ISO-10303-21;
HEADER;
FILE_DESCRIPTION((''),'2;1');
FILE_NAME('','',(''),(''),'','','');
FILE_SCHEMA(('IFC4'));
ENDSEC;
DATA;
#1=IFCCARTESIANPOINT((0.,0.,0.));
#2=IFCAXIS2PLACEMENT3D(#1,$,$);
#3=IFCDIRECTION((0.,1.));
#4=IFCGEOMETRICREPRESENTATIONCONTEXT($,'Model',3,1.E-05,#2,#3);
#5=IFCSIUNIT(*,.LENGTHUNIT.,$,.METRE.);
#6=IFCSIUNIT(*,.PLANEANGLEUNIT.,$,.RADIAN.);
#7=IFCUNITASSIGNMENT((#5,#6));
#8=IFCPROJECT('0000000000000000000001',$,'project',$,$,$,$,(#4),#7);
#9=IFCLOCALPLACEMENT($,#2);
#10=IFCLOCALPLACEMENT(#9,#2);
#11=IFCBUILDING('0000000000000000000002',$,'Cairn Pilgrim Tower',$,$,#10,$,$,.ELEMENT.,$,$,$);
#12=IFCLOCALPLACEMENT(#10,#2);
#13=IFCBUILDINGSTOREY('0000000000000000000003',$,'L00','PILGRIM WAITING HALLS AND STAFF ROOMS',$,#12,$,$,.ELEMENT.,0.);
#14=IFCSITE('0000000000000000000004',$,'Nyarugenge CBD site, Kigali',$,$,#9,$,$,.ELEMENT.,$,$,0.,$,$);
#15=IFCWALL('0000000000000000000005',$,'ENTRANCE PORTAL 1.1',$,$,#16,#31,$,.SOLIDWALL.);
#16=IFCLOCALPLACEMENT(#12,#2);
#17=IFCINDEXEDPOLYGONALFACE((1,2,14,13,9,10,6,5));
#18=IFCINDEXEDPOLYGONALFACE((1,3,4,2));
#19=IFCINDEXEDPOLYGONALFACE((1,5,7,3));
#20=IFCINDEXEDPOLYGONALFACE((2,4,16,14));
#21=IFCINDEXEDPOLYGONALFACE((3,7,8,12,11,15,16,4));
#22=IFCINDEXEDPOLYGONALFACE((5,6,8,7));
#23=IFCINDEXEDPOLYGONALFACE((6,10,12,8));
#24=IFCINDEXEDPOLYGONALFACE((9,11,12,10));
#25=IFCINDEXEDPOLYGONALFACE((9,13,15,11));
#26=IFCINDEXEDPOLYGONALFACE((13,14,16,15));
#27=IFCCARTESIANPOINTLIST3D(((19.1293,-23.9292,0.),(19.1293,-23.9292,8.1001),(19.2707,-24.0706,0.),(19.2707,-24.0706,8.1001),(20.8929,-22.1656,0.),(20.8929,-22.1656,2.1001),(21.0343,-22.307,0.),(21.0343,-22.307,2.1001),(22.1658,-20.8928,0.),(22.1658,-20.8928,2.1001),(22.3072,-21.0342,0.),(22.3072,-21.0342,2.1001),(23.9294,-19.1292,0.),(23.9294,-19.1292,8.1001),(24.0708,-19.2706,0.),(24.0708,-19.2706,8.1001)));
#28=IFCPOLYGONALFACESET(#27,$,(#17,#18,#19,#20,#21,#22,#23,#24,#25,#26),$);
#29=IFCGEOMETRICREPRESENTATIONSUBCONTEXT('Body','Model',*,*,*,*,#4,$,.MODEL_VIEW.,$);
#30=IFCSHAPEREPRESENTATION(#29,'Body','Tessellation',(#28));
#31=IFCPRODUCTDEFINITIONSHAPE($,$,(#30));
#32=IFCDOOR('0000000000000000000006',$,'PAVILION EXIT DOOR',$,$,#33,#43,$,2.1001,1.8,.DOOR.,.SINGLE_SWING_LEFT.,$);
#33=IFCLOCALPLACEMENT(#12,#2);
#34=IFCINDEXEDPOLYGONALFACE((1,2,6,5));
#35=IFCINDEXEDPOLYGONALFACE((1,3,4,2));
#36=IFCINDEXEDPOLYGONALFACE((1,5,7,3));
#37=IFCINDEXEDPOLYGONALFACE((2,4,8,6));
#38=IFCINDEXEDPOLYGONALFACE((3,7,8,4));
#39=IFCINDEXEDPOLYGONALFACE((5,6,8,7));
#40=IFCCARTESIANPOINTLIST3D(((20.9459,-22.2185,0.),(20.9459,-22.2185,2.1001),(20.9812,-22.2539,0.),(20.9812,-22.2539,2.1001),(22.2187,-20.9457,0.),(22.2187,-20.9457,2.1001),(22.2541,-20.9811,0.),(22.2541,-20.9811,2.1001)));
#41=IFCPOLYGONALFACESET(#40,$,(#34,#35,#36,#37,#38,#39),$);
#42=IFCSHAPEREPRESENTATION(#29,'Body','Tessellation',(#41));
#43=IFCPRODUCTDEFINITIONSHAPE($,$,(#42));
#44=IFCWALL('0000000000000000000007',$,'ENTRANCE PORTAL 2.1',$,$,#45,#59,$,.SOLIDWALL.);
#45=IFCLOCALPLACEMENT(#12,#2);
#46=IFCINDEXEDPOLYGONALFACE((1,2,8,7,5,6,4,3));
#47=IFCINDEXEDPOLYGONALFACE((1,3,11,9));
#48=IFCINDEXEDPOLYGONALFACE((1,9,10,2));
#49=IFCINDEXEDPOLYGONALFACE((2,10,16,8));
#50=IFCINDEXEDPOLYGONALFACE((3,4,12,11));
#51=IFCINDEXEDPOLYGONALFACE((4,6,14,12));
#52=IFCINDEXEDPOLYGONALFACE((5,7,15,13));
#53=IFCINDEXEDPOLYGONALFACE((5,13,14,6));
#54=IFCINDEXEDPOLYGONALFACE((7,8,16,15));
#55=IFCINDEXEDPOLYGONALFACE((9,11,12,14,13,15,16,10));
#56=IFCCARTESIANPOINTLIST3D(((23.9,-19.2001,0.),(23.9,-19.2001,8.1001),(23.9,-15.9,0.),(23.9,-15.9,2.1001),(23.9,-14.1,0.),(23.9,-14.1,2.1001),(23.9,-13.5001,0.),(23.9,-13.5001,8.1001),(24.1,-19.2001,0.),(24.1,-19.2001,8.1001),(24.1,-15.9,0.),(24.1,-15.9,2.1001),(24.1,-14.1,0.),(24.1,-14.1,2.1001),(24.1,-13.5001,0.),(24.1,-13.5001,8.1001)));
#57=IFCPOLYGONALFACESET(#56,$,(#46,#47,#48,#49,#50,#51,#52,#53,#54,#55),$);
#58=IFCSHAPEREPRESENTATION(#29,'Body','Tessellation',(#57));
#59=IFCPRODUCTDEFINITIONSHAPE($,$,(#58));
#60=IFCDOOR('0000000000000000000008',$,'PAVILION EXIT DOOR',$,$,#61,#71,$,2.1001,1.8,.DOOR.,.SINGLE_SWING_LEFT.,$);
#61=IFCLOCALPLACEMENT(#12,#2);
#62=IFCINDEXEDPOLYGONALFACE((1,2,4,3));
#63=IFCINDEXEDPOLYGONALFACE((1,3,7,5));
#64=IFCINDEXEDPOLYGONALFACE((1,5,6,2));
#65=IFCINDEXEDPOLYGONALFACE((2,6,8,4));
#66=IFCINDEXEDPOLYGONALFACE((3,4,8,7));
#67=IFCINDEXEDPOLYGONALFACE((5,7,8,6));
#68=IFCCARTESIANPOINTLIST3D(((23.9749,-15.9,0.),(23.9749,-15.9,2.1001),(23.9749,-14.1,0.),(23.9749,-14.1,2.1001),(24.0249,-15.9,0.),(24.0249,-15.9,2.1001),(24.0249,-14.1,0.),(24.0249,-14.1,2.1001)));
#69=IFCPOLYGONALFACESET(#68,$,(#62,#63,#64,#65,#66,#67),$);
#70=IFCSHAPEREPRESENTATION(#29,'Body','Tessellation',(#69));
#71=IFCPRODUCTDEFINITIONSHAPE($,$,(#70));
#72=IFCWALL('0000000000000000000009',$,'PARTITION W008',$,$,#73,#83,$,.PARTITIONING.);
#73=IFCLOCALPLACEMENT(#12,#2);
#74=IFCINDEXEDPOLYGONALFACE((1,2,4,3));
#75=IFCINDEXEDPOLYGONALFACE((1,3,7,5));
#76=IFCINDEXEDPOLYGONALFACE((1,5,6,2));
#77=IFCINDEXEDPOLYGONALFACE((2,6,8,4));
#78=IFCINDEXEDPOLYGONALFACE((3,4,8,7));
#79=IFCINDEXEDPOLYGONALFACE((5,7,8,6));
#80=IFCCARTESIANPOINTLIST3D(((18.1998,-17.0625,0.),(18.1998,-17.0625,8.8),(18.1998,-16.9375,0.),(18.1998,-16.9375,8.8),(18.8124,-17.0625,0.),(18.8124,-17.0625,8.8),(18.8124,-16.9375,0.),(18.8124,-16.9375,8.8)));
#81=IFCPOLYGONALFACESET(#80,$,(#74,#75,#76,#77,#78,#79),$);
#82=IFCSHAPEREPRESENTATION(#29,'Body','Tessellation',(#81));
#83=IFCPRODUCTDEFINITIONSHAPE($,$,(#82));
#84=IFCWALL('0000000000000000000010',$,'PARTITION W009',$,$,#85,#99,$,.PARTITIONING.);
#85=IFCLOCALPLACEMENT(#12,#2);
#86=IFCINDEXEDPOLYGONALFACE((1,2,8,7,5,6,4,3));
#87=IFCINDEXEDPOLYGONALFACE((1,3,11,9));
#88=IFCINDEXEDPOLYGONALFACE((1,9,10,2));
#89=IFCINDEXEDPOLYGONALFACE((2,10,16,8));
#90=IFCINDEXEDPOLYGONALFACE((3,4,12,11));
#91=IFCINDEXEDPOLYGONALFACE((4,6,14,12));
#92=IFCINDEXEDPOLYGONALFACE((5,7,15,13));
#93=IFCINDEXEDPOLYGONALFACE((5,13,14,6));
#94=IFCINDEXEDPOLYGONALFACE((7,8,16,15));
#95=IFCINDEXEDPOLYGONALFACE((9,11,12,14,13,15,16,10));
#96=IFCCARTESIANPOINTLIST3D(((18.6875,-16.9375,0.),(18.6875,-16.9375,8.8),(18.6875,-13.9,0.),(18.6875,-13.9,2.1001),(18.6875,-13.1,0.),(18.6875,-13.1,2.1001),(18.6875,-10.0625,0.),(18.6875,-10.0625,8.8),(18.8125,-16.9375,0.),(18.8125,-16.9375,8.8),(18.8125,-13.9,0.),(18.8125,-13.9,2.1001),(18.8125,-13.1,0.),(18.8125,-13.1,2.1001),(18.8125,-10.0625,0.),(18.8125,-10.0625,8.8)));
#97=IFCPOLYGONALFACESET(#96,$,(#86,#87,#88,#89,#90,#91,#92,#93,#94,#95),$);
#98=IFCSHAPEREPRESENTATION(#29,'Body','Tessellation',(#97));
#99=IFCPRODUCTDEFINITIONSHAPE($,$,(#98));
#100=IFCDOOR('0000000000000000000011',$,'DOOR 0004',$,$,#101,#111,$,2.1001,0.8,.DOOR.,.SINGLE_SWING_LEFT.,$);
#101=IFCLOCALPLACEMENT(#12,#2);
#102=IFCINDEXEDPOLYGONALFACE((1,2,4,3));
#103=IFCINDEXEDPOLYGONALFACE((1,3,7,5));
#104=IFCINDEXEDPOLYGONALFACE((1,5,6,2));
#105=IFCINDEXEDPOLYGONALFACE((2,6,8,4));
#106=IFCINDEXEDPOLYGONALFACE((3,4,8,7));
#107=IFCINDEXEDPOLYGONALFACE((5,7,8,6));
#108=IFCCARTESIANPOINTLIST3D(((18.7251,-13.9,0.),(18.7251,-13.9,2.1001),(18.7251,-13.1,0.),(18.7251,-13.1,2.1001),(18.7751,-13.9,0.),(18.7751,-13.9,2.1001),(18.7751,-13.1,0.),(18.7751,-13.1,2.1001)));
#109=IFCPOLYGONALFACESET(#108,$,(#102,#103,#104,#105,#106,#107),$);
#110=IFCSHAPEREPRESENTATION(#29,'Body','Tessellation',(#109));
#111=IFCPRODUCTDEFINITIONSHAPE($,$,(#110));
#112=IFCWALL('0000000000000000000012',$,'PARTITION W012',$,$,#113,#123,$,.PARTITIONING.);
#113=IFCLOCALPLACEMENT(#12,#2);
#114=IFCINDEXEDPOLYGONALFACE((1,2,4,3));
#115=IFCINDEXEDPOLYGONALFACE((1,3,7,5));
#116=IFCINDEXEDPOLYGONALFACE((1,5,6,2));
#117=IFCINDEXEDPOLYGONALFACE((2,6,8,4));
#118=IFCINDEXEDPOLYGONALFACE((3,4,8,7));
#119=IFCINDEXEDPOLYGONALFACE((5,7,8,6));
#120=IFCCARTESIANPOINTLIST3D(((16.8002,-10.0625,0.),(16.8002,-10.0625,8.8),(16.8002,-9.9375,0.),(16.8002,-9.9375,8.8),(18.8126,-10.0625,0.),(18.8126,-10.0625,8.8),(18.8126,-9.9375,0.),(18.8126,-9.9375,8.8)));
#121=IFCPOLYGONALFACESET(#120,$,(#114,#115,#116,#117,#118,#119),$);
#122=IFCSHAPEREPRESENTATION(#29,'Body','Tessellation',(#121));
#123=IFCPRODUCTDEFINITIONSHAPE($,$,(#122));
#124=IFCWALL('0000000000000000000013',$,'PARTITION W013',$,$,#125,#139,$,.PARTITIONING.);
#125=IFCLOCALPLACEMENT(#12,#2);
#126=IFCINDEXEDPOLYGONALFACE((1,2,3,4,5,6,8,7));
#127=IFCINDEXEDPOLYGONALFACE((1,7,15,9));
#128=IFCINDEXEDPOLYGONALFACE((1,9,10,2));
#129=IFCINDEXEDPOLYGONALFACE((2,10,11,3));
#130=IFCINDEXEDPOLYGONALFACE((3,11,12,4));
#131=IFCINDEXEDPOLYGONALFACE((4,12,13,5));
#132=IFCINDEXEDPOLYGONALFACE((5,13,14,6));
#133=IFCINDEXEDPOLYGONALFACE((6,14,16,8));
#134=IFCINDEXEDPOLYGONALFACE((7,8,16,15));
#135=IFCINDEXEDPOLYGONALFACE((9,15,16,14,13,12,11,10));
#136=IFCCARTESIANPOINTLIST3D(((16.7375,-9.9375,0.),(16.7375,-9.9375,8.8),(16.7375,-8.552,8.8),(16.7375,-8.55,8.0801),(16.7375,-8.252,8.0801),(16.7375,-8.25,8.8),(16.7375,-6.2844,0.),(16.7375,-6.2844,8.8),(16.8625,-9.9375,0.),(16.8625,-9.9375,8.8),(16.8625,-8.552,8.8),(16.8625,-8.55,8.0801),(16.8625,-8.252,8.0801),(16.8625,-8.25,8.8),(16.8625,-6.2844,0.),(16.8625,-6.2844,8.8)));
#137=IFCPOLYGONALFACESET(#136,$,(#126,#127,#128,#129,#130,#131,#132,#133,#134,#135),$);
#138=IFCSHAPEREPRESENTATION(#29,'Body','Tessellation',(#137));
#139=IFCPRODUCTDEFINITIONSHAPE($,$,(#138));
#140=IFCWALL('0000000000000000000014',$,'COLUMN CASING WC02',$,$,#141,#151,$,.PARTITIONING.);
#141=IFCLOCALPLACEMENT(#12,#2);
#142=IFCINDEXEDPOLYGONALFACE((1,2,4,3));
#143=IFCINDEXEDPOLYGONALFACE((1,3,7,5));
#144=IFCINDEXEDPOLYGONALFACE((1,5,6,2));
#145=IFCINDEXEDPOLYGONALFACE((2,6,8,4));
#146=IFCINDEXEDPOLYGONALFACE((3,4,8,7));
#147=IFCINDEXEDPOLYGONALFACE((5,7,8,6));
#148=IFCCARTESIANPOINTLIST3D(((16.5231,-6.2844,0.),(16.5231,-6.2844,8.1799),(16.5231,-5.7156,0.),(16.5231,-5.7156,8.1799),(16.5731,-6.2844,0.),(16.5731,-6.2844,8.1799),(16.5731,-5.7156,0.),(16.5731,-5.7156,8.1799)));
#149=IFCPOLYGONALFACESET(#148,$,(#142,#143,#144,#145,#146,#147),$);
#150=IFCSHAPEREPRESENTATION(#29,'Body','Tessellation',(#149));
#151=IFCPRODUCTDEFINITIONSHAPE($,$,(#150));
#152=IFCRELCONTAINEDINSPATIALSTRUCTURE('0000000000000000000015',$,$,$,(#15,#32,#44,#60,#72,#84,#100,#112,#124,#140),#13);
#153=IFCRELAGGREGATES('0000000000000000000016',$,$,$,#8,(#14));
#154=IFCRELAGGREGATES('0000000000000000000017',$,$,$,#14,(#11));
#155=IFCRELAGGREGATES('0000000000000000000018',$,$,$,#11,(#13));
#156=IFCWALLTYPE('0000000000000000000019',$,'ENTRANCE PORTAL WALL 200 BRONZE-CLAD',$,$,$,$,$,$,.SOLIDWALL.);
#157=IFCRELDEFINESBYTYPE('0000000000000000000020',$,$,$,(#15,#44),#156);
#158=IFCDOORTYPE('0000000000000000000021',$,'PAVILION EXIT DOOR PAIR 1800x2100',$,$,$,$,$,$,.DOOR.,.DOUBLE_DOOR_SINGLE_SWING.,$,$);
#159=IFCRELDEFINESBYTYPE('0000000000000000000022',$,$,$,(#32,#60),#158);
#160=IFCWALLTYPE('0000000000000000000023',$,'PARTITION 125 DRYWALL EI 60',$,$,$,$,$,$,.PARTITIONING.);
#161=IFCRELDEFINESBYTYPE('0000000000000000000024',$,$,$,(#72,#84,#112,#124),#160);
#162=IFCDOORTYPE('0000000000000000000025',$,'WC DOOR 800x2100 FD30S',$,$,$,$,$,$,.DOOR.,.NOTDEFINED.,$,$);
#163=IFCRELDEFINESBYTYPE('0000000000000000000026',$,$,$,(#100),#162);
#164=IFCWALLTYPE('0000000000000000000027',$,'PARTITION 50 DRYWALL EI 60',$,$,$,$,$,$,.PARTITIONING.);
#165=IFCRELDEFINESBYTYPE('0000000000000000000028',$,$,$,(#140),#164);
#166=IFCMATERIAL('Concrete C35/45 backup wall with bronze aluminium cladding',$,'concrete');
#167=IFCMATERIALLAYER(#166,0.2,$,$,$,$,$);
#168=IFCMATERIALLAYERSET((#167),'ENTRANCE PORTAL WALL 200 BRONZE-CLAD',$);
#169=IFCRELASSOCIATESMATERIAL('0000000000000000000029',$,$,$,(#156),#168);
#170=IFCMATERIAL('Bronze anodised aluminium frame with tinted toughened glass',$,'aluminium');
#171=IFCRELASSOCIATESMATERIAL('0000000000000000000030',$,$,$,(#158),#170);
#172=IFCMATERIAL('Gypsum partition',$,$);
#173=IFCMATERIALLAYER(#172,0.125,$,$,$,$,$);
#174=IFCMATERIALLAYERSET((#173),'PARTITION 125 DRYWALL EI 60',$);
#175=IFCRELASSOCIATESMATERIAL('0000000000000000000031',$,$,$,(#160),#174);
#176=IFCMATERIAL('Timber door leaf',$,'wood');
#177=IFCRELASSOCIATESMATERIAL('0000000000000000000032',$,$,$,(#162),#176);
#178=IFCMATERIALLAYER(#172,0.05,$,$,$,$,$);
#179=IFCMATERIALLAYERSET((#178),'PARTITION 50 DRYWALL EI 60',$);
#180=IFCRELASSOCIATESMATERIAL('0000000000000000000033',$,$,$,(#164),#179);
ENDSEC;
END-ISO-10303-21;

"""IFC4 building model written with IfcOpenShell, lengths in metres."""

from ifc_helpers import new_model, si_unit, direction, frame, frame_2d, origin, place, context, subcontext, project, spatial, polyline, rectangle, outline, extrude, material, layer, layer_set, type_object, element, fill, save


model = new_model("IFC4")

# Units and contexts
model_context = context("Model", 3, precision=1e-05, world=origin(), true_north=direction((0.0, 1.0)))
body_context = subcontext(model_context, "Body", "Model", "MODEL_VIEW")
ifc_project = project(units=[si_unit("LENGTHUNIT", "METRE"), si_unit("PLANEANGLEUNIT", "RADIAN")], contexts=[model_context])

# Site, building, storey
site_placement = place(None, origin())
site = spatial("IfcSite", under=ifc_project, at=site_placement, Name="Nyarugenge CBD site, Kigali", CompositionType="ELEMENT", RefElevation=0.0)
building_placement = place(site_placement, origin())
building = spatial("IfcBuilding", under=site, at=building_placement, Name="Cairn Pilgrim Tower", CompositionType="ELEMENT")
storey_placement = place(building_placement, origin())
storey = spatial("IfcBuildingStorey", under=building, at=storey_placement, Name="L00", Description="PILGRIM WAITING HALLS AND STAFF ROOMS", CompositionType="ELEMENT", Elevation=0.0)

# Walls, openings, doors
ifc_material_1 = material(Name="Concrete C35/45 backup wall with bronze aluminium cladding", Category="concrete")
ifc_layer_1 = layer(ifc_material_1, 0.2)
ifc_layer_set_1 = layer_set([ifc_layer_1], Name="ENTRANCE PORTAL WALL 200 BRONZE-CLAD")
wall_type_1 = type_object("IfcWallType", Name="ENTRANCE PORTAL WALL 200 BRONZE-CLAD", PredefinedType="SOLIDWALL", material=ifc_layer_set_1)
wall_1_placement = place(storey_placement, frame((24.0, -19.2, 0.0), z_axis=(0.0, 0.0, 1.0), x_axis=(-0.707107, -0.707107, 0.0)))
wall_1 = element("IfcWall", 1, at=wall_1_placement, inside=storey, type_object=wall_type_1, Name="ENTRANCE PORTAL 1.1", PredefinedType="SOLIDWALL", context=body_context, shape_type="SweptSolid", body=[
    extrude(rectangle(XDim=6.7883, YDim=0.2, at=frame_2d((3.394, 0.0))), origin(), (0.0, 0.0, 1.0), 8.1001),
])
opening_1_placement = place(wall_1_placement, frame((2.4941, 0.0, 0.0)))
opening_1 = element("IfcOpeningElement", 2, at=opening_1_placement, cuts=wall_1, PredefinedType="OPENING", context=body_context, shape_type="SweptSolid", body=[
    extrude(rectangle(XDim=1.8, YDim=2.1001, at=frame_2d((0.8999, 1.05))), frame((0.0, 0.1099, 0.0), z_axis=(0.0, -1.0, 0.0), x_axis=(1.0, 0.0, 0.0)), (0.0, 0.0, 1.0), 0.22),
])
ifc_material_2 = material(Name="Bronze anodised aluminium frame with tinted toughened glass", Category="aluminium")
door_type_1 = type_object("IfcDoorType", Name="PAVILION EXIT DOOR PAIR 1800x2100", OperationType="DOUBLE_DOOR_SINGLE_SWING", PredefinedType="DOOR", material=ifc_material_2)
door_1_placement = place(opening_1_placement, origin())
door_1 = element("IfcDoor", 3, at=door_1_placement, inside=storey, type_object=door_type_1, Name="PAVILION EXIT DOOR", OperationType="SINGLE_SWING_LEFT", OverallHeight=2.1001, OverallWidth=1.8, PredefinedType="DOOR", context=body_context, shape_type="SweptSolid", body=[
    extrude(rectangle(XDim=1.8, YDim=2.1001, at=frame_2d((0.8999, 1.05))), frame((0.0, 0.0249, 0.0), z_axis=(0.0, -1.0, 0.0), x_axis=(1.0, 0.0, 0.0)), (0.0, 0.0, 1.0), 0.05),
])
fill(opening_1, door_1)
wall_2_placement = place(storey_placement, frame((24.0, -13.5, 0.0), z_axis=(0.0, 0.0, 1.0), x_axis=(0.0, -1.0, 0.0)))
wall_2 = element("IfcWall", 4, at=wall_2_placement, inside=storey, type_object=wall_type_1, Name="ENTRANCE PORTAL 2.1", PredefinedType="SOLIDWALL", context=body_context, shape_type="SweptSolid", body=[
    extrude(rectangle(XDim=5.7, YDim=0.2, at=frame_2d((2.8501, 0.0))), origin(), (0.0, 0.0, 1.0), 8.1001),
])
opening_2_placement = place(wall_2_placement, frame((0.6001, 0.0, 0.0)))
opening_2 = element("IfcOpeningElement", 5, at=opening_2_placement, cuts=wall_2, PredefinedType="OPENING", context=body_context, shape_type="SweptSolid", body=[
    extrude(rectangle(XDim=1.8, YDim=2.1001, at=frame_2d((0.8999, 1.05))), frame((0.0, 0.1099, 0.0), z_axis=(0.0, -1.0, 0.0), x_axis=(1.0, 0.0, 0.0)), (0.0, 0.0, 1.0), 0.22),
])
door_2_placement = place(opening_2_placement, origin())
door_2 = element("IfcDoor", 6, at=door_2_placement, inside=storey, type_object=door_type_1, Name="PAVILION EXIT DOOR", OperationType="SINGLE_SWING_LEFT", OverallHeight=2.1001, OverallWidth=1.8, PredefinedType="DOOR", context=body_context, shape_type="SweptSolid", body=[
    extrude(rectangle(XDim=1.8, YDim=2.1001, at=frame_2d((0.8999, 1.05))), frame((0.0, 0.0249, 0.0), z_axis=(0.0, -1.0, 0.0), x_axis=(1.0, 0.0, 0.0)), (0.0, 0.0, 1.0), 0.05),
])
fill(opening_2, door_2)

# Wall
ifc_material_3 = material(Name="Gypsum partition")
ifc_layer_2 = layer(ifc_material_3, 0.125)
ifc_layer_set_2 = layer_set([ifc_layer_2], Name="PARTITION 125 DRYWALL EI 60")
wall_type_2 = type_object("IfcWallType", Name="PARTITION 125 DRYWALL EI 60", PredefinedType="PARTITIONING", material=ifc_layer_set_2)
wall_3_placement = place(storey_placement, frame((18.2, -17.0, 0.0), z_axis=(0.0, 0.0, 1.0), x_axis=(1.0, 0.0, 0.0)))
element("IfcWall", 7, at=wall_3_placement, inside=storey, type_object=wall_type_2, Name="PARTITION W008", PredefinedType="PARTITIONING", context=body_context, shape_type="SweptSolid", body=[
    extrude(rectangle(XDim=0.6125, YDim=0.125, at=frame_2d((0.3062, 0.0))), origin(), (0.0, 0.0, 1.0), 8.8),
])

# Wall, opening, door
wall_4_placement = place(storey_placement, frame((18.75, -16.9375, 0.0), z_axis=(0.0, 0.0, 1.0), x_axis=(0.0, 1.0, 0.0)))
wall_4 = element("IfcWall", 8, at=wall_4_placement, inside=storey, type_object=wall_type_2, Name="PARTITION W009", PredefinedType="PARTITIONING", context=body_context, shape_type="SweptSolid", body=[
    extrude(rectangle(XDim=6.875, YDim=0.125, at=frame_2d((3.4375, 0.0))), origin(), (0.0, 0.0, 1.0), 8.8),
])
opening_3_placement = place(wall_4_placement, frame((3.0376, 0.0, 0.0)))
opening_3 = element("IfcOpeningElement", 9, at=opening_3_placement, cuts=wall_4, PredefinedType="OPENING", context=body_context, shape_type="SweptSolid", body=[
    extrude(rectangle(XDim=0.8, YDim=2.1001, at=frame_2d((0.3999, 1.05))), frame((0.0, 0.0725, 0.0), z_axis=(0.0, -1.0, 0.0), x_axis=(1.0, 0.0, 0.0)), (0.0, 0.0, 1.0), 0.145),
])
ifc_material_4 = material(Name="Timber door leaf", Category="wood")
door_type_2 = type_object("IfcDoorType", Name="WC DOOR 800x2100 FD30S", OperationType="NOTDEFINED", PredefinedType="DOOR", material=ifc_material_4)
door_3_placement = place(opening_3_placement, origin())
door_3 = element("IfcDoor", 10, at=door_3_placement, inside=storey, type_object=door_type_2, Name="DOOR 0004", OperationType="SINGLE_SWING_LEFT", OverallHeight=2.1001, OverallWidth=0.8, PredefinedType="DOOR", context=body_context, shape_type="SweptSolid", body=[
    extrude(rectangle(XDim=0.8, YDim=2.1001, at=frame_2d((0.3999, 1.05))), frame((0.0, 0.0249, 0.0), z_axis=(0.0, -1.0, 0.0), x_axis=(1.0, 0.0, 0.0)), (0.0, 0.0, 1.0), 0.05),
])
fill(opening_3, door_3)

# Walls
wall_5_placement = place(storey_placement, frame((16.8, -10.0, 0.0), z_axis=(0.0, 0.0, 1.0), x_axis=(1.0, 0.0, 0.0)))
element("IfcWall", 11, at=wall_5_placement, inside=storey, type_object=wall_type_2, Name="PARTITION W012", PredefinedType="PARTITIONING", context=body_context, shape_type="SweptSolid", body=[
    extrude(rectangle(XDim=2.0125, YDim=0.125, at=frame_2d((1.0063, 0.0))), origin(), (0.0, 0.0, 1.0), 8.8),
])
wall_6_placement = place(storey_placement, frame((16.8, -9.9375, 0.0), z_axis=(0.0, 0.0, 1.0), x_axis=(0.0, 1.0, 0.0)))
element("IfcWall", 12, at=wall_6_placement, inside=storey, type_object=wall_type_2, Name="PARTITION W013", PredefinedType="PARTITIONING", context=body_context, shape_type="SweptSolid", body=[
    extrude(outline(polyline([(0.0, 0.0), (3.6531, 0.0), (3.6531, 8.8), (1.6875, 8.8), (1.6855, 8.0801), (1.3875, 8.0801), (1.3855, 8.8), (0.0, 8.8), (0.0, 0.0)])), frame((0.0, 0.0625, 0.0), z_axis=(0.0, -1.0, 0.0), x_axis=(1.0, 0.0, 0.0)), (0.0, 0.0, 1.0), 0.125),
])
ifc_layer_3 = layer(ifc_material_3, 0.05)
ifc_layer_set_3 = layer_set([ifc_layer_3], Name="PARTITION 50 DRYWALL EI 60")
wall_type_3 = type_object("IfcWallType", Name="PARTITION 50 DRYWALL EI 60", PredefinedType="PARTITIONING", material=ifc_layer_set_3)
wall_7_placement = place(storey_placement, frame((16.5481, -6.2844, 0.0), z_axis=(0.0, 0.0, 1.0), x_axis=(0.0, 1.0, 0.0)))
element("IfcWall", 13, at=wall_7_placement, inside=storey, type_object=wall_type_3, Name="COLUMN CASING WC02", PredefinedType="PARTITIONING", context=body_context, shape_type="SweptSolid", body=[
    extrude(rectangle(XDim=0.5688, YDim=0.05, at=frame_2d((0.2844, 0.0))), origin(), (0.0, 0.0, 1.0), 8.1799),
])

save(model, "model.ifc")
